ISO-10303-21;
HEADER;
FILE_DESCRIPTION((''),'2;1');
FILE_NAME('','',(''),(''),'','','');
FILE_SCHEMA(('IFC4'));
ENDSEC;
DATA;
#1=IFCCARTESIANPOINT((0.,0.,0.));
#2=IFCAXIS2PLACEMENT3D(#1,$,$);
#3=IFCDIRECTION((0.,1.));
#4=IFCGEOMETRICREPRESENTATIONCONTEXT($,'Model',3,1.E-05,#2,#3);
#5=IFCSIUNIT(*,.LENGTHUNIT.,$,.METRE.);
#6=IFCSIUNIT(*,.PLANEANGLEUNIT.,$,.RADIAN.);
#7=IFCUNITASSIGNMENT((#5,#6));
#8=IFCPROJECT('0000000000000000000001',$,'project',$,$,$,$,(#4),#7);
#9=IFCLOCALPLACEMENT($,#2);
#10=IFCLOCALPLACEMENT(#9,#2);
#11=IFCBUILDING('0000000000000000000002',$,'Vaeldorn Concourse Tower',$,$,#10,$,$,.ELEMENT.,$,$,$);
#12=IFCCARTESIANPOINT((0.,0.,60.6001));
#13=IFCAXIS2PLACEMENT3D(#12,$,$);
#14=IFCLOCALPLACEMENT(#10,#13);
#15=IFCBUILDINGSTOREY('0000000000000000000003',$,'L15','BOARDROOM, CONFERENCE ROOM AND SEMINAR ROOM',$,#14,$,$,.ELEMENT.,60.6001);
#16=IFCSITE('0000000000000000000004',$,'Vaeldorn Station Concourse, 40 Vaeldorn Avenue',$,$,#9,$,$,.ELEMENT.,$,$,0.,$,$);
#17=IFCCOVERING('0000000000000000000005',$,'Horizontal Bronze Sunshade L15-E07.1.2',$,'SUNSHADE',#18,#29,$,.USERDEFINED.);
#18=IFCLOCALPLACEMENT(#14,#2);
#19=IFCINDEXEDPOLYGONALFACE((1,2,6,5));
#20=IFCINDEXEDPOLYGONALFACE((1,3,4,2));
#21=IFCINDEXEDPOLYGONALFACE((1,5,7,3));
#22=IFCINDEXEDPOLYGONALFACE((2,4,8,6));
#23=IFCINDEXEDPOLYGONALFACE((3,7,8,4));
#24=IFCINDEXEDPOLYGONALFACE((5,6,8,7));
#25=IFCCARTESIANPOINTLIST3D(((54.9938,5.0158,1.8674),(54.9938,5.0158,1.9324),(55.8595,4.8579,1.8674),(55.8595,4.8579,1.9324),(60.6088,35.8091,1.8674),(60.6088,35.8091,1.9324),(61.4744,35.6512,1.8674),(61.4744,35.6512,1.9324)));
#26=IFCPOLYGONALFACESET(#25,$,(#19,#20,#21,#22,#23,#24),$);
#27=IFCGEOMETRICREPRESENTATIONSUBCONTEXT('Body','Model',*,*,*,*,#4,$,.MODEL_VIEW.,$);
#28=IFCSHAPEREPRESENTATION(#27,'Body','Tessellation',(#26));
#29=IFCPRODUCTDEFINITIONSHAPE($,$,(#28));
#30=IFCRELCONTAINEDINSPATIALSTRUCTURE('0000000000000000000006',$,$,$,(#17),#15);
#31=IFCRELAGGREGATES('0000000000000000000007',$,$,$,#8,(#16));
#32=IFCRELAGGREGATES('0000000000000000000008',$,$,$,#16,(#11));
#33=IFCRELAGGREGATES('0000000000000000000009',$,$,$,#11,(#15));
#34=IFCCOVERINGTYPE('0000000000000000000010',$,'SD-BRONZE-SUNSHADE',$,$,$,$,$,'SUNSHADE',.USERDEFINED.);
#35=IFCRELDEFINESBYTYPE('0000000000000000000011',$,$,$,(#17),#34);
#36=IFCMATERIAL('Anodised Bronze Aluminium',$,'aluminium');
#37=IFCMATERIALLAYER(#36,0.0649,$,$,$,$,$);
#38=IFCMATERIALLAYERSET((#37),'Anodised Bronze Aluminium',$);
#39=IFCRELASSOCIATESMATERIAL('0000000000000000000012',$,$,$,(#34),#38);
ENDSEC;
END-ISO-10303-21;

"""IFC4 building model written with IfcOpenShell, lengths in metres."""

from ifc_helpers import new_model, si_unit, direction, frame, origin, origin_2d, place, context, subcontext, project, spatial, rectangle, extrude, source, transform, mapped, material, layer, layer_set, type_object, element, save


model = new_model("IFC4")

# Units and contexts
model_context = context("Model", 3, precision=1e-05, world=origin(), true_north=direction((0.0, 1.0)))
body_context = subcontext(model_context, "Body", "Model", "MODEL_VIEW")
ifc_project = project(units=[si_unit("LENGTHUNIT", "METRE"), si_unit("PLANEANGLEUNIT", "RADIAN")], contexts=[model_context])

# Site, building, storey
site_placement = place(None, origin())
site = spatial("IfcSite", under=ifc_project, at=site_placement, Name="Vaeldorn Station Concourse, 40 Vaeldorn Avenue", CompositionType="ELEMENT", RefElevation=0.0)
building_placement = place(site_placement, origin())
building = spatial("IfcBuilding", under=site, at=building_placement, Name="Vaeldorn Concourse Tower", CompositionType="ELEMENT")
storey_placement = place(building_placement, frame((0.0, 0.0, 60.6001)))
storey = spatial("IfcBuildingStorey", under=building, at=storey_placement, Name="L15", Description="BOARDROOM, CONFERENCE ROOM AND SEMINAR ROOM", CompositionType="ELEMENT", Elevation=60.6001)

# Shared definitions
ifc_material_1 = material(Name="Anodised Bronze Aluminium", Category="aluminium")

# Covering
ifc_layer_1 = layer(ifc_material_1, 0.0649)
ifc_layer_set_1 = layer_set([ifc_layer_1], Name="Anodised Bronze Aluminium")
covering_type = type_object("IfcCoveringType", Name="SD-BRONZE-SUNSHADE", ElementType="SUNSHADE", PredefinedType="USERDEFINED", material=ifc_layer_set_1)
shared_shape_1 = source(origin(), body_context, "Body", "SweptSolid", [
    extrude(rectangle(XDim=31.301, YDim=0.8799, at=origin_2d()), origin(), (0.0, 0.0, 1.0), 0.0649),
])
for number, where, z_axis, x_axis, name in (
    (1, (58.2341, 20.3335, 1.8674), (0.0, 0.0, 1.0), (0.179386, 0.983779, 0.0), "Horizontal Bronze Sunshade L15-E07.1.2"),
):
    element("IfcCovering", number, at=place(storey_placement, frame(where, z_axis=z_axis, x_axis=x_axis)), inside=storey, type_object=covering_type, Name=name, ObjectType="SUNSHADE", PredefinedType="USERDEFINED", context=body_context, shape_type="MappedRepresentation", body=[
        mapped(shared_shape_1, transform((0.0, 0.0, 0.0), scale=1.0)),
    ])

save(model, "model.ifc")
